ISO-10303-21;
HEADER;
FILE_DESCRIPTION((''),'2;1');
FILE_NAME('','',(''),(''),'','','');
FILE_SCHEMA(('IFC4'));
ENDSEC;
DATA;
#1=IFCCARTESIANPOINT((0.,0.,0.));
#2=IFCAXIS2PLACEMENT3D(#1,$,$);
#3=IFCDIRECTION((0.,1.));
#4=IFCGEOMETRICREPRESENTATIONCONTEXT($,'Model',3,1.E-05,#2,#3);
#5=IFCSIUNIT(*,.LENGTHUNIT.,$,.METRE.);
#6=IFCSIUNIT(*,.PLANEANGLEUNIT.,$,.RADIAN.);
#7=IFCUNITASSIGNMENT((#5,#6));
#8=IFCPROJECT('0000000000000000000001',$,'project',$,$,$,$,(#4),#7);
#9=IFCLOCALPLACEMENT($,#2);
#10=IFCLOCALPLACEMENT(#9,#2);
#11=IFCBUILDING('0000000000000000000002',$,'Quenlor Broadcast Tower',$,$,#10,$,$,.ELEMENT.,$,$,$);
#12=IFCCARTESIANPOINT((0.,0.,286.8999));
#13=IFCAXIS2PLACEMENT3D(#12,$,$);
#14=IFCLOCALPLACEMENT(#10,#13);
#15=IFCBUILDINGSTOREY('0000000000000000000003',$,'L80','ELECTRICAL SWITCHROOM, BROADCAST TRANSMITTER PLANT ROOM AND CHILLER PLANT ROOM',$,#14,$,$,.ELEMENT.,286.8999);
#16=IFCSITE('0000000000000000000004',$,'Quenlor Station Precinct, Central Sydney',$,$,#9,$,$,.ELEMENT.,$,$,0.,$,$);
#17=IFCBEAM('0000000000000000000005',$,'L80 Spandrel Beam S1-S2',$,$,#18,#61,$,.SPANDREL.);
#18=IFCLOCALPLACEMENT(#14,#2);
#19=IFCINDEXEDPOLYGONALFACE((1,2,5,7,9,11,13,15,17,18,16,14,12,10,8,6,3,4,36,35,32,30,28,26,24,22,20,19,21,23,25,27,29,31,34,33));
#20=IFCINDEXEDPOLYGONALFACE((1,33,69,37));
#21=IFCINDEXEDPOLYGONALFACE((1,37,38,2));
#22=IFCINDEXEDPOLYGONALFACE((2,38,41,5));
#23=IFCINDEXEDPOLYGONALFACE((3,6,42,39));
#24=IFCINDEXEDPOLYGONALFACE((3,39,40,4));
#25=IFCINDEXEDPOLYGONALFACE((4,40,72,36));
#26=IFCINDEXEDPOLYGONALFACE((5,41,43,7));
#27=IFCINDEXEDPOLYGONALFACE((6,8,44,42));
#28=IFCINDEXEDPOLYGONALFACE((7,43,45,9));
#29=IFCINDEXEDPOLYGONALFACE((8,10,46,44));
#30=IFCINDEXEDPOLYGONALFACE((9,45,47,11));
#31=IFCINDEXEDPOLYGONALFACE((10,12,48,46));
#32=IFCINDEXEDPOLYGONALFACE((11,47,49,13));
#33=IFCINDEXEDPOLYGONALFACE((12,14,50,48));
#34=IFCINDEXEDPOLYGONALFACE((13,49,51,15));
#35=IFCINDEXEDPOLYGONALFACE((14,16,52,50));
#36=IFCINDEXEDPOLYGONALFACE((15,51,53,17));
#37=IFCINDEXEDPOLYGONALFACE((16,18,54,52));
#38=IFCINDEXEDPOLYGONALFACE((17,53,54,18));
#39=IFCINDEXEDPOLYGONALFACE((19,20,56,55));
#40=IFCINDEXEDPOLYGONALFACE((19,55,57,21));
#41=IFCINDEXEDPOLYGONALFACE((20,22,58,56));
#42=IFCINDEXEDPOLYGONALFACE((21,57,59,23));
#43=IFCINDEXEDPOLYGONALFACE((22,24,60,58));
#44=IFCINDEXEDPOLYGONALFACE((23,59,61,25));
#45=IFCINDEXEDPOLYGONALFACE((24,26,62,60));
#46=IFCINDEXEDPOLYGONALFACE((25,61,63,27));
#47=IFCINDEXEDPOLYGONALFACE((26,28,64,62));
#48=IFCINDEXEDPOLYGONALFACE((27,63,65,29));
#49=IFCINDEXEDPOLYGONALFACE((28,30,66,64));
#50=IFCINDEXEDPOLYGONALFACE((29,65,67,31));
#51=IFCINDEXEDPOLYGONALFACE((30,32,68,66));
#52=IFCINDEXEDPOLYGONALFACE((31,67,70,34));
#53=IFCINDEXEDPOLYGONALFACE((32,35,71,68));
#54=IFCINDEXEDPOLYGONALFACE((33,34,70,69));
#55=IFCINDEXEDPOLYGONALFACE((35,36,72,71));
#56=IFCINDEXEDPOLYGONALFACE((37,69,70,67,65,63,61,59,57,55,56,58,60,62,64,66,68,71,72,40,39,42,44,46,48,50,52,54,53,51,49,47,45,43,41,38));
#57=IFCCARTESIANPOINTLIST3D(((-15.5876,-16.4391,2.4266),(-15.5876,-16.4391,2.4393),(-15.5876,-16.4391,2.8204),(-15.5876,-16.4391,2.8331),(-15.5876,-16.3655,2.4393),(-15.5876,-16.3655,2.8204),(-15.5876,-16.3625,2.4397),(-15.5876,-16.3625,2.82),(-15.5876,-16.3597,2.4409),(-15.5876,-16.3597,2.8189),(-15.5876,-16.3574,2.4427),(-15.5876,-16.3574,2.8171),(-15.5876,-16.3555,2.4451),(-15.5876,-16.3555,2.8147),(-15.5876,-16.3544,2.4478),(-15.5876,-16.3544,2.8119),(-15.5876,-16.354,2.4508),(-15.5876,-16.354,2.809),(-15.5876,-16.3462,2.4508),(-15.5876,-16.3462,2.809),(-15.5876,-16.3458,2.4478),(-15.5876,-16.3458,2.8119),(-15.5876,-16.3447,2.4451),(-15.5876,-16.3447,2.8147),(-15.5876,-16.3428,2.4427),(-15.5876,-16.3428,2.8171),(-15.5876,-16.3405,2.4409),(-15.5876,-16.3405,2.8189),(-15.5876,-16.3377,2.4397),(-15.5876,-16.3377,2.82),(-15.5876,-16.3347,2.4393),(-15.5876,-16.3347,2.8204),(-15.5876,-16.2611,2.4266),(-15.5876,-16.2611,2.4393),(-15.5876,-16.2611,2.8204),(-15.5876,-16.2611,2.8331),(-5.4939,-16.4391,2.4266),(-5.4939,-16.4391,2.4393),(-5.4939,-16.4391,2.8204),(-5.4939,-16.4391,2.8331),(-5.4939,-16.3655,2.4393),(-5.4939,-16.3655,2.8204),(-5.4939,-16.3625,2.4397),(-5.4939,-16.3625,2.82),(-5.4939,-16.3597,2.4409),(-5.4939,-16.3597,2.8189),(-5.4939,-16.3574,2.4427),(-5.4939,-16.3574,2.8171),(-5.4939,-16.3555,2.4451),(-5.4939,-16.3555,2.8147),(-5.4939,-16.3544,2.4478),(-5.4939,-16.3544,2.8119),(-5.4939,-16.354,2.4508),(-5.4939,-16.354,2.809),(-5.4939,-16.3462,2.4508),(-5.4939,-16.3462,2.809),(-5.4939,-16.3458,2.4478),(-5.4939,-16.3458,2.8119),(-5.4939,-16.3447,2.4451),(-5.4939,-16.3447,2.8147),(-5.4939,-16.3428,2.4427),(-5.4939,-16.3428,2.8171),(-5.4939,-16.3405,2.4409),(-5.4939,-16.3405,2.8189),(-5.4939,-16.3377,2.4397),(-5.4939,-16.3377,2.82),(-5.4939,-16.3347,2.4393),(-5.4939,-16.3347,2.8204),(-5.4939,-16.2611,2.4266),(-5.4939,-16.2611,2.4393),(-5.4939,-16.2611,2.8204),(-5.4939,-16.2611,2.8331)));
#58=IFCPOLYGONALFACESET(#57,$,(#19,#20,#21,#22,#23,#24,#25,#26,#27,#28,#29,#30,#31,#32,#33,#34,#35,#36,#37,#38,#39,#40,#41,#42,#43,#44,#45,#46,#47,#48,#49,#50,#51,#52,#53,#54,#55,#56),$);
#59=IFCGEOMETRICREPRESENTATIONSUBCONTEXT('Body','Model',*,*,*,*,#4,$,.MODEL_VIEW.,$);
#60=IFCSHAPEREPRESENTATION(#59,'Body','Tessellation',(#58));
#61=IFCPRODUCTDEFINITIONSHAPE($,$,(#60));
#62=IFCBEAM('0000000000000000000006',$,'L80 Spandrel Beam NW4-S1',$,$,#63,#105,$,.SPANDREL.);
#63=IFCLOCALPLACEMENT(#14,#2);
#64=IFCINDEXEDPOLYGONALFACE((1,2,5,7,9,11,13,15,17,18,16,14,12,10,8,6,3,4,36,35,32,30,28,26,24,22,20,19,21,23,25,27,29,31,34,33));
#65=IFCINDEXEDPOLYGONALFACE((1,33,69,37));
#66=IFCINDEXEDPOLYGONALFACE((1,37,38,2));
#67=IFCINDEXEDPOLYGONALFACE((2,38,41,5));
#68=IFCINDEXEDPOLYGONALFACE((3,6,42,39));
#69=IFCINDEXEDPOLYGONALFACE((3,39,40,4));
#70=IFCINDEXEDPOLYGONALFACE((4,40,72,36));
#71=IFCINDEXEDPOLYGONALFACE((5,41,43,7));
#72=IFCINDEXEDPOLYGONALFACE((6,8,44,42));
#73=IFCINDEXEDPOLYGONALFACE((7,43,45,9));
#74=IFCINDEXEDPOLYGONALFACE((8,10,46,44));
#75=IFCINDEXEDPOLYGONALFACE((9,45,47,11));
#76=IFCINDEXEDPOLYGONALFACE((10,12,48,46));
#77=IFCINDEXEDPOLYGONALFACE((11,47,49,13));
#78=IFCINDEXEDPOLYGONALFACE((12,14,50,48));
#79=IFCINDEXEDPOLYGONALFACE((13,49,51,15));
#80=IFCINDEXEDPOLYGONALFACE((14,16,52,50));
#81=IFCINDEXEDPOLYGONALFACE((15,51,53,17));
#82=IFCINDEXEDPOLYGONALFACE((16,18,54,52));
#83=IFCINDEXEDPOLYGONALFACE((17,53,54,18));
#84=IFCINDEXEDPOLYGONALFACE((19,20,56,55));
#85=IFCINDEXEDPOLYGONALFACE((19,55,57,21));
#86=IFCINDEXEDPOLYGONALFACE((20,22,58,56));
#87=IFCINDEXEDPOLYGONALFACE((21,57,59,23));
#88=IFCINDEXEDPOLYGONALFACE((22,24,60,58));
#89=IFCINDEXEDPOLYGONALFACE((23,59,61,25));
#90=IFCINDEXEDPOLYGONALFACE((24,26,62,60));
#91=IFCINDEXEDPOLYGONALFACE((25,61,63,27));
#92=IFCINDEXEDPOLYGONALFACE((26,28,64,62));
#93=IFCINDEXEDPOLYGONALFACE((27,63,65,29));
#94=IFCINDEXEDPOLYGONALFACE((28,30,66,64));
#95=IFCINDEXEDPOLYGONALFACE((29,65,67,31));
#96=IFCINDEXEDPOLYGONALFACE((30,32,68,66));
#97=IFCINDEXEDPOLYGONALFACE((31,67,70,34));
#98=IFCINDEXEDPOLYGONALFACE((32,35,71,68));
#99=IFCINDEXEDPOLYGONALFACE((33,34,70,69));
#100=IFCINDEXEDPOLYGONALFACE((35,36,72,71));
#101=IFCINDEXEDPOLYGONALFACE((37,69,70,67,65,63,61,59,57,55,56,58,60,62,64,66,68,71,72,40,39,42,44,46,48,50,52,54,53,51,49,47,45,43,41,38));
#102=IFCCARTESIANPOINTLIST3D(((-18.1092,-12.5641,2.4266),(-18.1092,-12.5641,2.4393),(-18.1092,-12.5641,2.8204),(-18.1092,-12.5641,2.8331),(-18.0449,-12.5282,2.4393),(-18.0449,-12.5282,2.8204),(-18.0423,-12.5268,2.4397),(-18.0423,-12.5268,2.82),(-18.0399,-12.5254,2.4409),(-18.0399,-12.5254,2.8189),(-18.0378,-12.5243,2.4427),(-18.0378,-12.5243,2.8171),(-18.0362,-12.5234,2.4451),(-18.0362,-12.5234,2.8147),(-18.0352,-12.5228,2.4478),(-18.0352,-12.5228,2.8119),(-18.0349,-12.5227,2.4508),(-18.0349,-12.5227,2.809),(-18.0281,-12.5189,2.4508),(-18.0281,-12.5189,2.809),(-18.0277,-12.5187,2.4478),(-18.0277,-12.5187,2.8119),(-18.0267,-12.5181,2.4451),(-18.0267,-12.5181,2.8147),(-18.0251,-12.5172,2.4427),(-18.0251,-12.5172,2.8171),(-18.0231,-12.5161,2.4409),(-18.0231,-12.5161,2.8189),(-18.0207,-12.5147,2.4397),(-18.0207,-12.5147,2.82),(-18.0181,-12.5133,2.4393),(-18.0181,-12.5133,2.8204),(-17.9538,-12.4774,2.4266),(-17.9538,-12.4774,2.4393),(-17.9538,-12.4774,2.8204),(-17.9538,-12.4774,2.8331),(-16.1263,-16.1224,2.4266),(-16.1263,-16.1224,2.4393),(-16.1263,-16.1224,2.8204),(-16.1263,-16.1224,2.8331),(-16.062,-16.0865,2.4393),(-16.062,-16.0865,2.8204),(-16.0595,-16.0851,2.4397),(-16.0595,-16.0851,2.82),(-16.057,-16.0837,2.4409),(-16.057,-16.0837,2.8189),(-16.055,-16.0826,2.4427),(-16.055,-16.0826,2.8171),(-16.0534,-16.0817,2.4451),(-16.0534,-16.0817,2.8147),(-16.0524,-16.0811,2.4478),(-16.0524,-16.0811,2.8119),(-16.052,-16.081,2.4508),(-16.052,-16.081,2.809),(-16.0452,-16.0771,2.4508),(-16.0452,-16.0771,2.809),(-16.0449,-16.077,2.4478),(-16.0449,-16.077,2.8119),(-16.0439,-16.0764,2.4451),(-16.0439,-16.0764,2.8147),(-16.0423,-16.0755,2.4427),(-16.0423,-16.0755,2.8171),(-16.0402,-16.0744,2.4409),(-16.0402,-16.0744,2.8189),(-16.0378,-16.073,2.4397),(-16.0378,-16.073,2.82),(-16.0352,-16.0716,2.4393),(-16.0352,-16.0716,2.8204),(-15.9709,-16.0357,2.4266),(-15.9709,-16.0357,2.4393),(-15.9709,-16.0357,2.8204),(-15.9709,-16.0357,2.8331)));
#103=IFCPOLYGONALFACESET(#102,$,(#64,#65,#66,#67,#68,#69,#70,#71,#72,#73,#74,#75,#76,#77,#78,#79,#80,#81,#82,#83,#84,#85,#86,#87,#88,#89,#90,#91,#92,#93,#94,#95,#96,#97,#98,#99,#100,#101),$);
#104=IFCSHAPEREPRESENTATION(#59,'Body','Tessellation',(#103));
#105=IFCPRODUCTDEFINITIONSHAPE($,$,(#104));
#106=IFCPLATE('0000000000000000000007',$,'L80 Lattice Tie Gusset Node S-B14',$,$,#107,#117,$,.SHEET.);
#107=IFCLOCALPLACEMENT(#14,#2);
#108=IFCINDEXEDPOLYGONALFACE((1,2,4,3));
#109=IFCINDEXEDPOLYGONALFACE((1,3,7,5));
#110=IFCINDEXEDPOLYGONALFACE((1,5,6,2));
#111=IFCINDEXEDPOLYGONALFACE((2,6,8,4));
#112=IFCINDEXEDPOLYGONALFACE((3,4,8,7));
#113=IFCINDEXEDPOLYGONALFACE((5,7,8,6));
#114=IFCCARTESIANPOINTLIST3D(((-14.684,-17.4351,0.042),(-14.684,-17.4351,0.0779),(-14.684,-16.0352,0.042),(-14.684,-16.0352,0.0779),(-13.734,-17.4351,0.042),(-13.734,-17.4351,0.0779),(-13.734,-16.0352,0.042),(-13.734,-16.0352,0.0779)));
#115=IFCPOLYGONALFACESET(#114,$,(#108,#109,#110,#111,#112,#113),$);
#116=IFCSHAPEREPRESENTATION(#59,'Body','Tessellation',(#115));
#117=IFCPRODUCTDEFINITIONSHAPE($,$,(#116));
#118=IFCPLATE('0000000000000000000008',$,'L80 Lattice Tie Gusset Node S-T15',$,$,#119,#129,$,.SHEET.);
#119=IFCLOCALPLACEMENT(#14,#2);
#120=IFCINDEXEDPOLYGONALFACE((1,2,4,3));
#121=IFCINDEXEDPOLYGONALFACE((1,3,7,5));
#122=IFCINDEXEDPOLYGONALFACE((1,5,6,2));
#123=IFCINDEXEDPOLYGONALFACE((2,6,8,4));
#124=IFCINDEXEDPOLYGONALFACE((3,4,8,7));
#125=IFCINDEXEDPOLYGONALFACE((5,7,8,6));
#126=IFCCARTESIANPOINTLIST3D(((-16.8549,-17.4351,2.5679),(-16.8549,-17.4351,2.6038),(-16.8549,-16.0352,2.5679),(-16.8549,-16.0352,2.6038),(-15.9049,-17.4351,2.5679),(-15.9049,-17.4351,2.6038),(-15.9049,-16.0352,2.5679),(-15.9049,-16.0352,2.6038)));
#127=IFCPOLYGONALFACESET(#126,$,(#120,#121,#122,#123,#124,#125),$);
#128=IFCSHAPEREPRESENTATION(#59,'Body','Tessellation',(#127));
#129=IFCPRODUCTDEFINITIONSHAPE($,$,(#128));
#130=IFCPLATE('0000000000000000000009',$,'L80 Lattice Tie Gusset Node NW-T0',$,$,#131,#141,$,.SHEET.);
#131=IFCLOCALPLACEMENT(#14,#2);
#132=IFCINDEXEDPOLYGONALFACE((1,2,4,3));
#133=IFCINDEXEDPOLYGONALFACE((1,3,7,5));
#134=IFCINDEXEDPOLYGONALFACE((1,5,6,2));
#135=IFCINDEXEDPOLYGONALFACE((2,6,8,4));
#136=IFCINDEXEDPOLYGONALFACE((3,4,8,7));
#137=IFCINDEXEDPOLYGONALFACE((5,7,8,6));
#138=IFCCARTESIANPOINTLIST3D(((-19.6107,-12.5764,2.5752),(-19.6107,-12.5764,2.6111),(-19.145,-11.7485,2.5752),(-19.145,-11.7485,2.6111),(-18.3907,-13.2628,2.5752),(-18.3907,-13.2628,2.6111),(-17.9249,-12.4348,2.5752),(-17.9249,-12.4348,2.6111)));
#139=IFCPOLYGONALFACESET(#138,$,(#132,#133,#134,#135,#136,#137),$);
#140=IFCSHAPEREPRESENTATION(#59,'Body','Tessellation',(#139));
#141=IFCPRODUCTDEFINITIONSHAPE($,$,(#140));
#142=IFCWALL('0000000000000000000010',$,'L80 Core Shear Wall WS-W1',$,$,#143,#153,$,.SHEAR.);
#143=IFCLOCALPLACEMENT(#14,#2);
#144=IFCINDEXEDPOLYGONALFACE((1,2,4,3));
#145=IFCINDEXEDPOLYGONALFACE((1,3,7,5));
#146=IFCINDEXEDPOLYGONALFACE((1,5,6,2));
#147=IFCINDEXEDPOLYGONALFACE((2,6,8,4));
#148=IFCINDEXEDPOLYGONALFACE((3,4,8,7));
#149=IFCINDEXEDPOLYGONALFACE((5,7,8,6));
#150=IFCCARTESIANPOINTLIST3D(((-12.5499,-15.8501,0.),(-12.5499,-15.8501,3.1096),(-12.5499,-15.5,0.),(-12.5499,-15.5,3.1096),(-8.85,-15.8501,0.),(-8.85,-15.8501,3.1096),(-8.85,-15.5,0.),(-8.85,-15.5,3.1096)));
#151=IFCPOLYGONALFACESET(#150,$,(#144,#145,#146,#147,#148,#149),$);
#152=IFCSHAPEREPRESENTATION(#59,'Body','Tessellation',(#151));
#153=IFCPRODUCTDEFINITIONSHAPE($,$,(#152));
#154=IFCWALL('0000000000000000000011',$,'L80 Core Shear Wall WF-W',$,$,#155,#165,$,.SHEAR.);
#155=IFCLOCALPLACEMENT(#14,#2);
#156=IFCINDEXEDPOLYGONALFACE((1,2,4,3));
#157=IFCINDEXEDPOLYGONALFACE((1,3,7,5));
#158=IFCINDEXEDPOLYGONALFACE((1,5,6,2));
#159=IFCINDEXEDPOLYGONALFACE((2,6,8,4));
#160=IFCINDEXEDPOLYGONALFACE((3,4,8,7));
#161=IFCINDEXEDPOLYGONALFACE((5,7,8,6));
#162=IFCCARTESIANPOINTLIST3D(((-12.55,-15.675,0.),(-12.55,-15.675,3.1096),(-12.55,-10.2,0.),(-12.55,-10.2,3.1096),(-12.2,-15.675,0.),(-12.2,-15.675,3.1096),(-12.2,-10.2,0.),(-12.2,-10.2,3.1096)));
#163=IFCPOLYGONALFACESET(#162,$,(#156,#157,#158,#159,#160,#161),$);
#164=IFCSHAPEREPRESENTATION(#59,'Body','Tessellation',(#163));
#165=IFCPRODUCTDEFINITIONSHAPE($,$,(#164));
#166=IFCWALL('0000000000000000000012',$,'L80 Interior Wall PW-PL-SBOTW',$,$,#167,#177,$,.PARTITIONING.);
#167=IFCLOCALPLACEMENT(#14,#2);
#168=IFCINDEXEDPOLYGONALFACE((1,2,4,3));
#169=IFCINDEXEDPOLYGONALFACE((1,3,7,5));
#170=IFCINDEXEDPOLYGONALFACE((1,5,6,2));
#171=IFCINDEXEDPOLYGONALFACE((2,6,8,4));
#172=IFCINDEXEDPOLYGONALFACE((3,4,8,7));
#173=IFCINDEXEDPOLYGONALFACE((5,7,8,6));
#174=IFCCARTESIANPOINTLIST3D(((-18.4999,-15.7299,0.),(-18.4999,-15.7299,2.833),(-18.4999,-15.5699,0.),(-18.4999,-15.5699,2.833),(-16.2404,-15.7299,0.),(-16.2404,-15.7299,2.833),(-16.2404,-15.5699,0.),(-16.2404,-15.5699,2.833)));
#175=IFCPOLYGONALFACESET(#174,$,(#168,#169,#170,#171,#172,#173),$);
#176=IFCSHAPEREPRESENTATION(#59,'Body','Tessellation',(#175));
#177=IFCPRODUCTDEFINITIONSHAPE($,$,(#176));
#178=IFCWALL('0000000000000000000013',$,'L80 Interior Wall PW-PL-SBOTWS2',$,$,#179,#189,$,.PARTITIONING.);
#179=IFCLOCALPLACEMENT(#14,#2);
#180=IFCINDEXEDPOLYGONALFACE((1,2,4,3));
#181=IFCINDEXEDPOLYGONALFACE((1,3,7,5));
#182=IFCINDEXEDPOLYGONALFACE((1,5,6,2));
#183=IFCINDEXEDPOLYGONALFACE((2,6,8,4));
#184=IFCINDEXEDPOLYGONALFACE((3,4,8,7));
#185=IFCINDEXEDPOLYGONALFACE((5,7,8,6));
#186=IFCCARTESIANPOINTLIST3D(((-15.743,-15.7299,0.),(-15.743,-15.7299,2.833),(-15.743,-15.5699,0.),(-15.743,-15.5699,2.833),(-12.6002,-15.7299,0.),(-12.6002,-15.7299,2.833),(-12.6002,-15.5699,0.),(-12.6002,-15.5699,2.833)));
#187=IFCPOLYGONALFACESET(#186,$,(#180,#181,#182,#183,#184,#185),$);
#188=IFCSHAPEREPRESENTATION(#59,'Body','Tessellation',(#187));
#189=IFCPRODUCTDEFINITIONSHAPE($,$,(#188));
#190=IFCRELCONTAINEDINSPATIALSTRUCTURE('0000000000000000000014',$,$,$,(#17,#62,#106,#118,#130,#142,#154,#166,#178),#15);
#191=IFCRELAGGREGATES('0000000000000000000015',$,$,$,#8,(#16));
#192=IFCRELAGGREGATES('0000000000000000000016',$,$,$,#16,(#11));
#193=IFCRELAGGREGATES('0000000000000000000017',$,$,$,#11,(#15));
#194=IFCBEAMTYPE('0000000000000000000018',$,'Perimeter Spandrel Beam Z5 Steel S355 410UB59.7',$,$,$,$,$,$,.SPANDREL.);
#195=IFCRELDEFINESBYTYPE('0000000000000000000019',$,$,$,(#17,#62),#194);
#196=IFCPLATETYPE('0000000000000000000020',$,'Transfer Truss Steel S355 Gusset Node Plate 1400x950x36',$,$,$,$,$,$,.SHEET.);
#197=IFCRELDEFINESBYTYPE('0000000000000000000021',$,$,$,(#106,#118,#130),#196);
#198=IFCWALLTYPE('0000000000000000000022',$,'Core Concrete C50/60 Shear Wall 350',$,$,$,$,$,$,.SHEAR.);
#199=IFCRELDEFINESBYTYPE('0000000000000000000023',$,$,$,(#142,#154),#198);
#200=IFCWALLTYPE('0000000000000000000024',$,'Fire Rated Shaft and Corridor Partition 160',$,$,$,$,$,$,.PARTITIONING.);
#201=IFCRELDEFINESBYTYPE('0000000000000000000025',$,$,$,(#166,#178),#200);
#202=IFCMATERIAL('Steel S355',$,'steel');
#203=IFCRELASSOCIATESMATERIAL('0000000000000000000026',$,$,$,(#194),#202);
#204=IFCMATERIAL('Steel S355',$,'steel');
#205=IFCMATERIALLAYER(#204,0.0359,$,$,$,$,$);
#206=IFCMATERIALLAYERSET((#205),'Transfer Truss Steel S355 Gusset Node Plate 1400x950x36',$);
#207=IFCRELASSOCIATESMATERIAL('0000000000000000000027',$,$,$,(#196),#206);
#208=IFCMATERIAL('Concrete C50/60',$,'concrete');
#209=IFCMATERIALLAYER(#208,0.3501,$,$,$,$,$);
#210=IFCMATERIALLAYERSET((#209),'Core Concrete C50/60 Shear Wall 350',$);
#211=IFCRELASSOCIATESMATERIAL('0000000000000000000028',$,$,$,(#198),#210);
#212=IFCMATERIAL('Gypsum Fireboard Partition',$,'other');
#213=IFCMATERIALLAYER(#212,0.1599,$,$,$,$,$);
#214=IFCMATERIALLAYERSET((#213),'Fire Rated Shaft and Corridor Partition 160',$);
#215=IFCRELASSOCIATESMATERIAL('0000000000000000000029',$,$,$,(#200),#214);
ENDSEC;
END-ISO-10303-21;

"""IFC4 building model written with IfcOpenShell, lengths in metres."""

from ifc_helpers import new_model, si_unit, direction, frame, frame_2d, origin, origin_2d, place, context, subcontext, project, spatial, rectangle, i_section, extrude, material, layer, layer_set, material_profile, profile_set, type_object, element, save


model = new_model("IFC4")

# Units and contexts
model_context = context("Model", 3, precision=1e-05, world=origin(), true_north=direction((0.0, 1.0)))
body_context = subcontext(model_context, "Body", "Model", "MODEL_VIEW")
ifc_project = project(units=[si_unit("LENGTHUNIT", "METRE"), si_unit("PLANEANGLEUNIT", "RADIAN")], contexts=[model_context])

# Site, building, storey
site_placement = place(None, origin())
site = spatial("IfcSite", under=ifc_project, at=site_placement, Name="Quenlor Station Precinct, Central Sydney", CompositionType="ELEMENT", RefElevation=0.0)
building_placement = place(site_placement, origin())
building = spatial("IfcBuilding", under=site, at=building_placement, Name="Quenlor Broadcast Tower", CompositionType="ELEMENT")
storey_placement = place(building_placement, frame((0.0, 0.0, 286.8999)))
storey = spatial("IfcBuildingStorey", under=building, at=storey_placement, Name="L80", Description="ELECTRICAL SWITCHROOM, BROADCAST TRANSMITTER PLANT ROOM AND CHILLER PLANT ROOM", CompositionType="ELEMENT", Elevation=286.8999)

# Beams
ifc_material_1 = material(Name="Steel S355", Category="steel")
ifc_material_profile_1 = material_profile(ifc_material_1, i_section(OverallWidth=0.178, OverallDepth=0.4065, WebThickness=0.0078, FlangeThickness=0.0127, FilletRadius=0.0115, at=origin_2d()))
ifc_profile_set_1 = profile_set([ifc_material_profile_1], Name="Steel S355 410UB59.7")
beam_type_1 = type_object("IfcBeamType", Name="Perimeter Spandrel Beam Z5 Steel S355 410UB59.7", PredefinedType="SPANDREL", material=ifc_profile_set_1)
beam_1_placement = place(storey_placement, frame((-15.5876, -16.3501, 2.6299), z_axis=(1.0, 0.0, 0.0), x_axis=(0.0, 1.0, 0.0)))
element("IfcBeam", 1, at=beam_1_placement, inside=storey, type_object=beam_type_1, Name="L80 Spandrel Beam S1-S2", PredefinedType="SPANDREL", context=body_context, shape_type="SweptSolid", body=[
    extrude(i_section(OverallWidth=0.178, OverallDepth=0.4065, WebThickness=0.0078, FlangeThickness=0.0127, FilletRadius=0.0115, at=origin_2d()), origin(), (0.0, 0.0, 1.0), 10.0938),
])
beam_2_placement = place(storey_placement, frame((-18.0315, -12.5208, 2.6299), z_axis=(0.486777, -0.873526, 0.0), x_axis=(0.873526, 0.486777, 0.0)))
element("IfcBeam", 2, at=beam_2_placement, inside=storey, type_object=beam_type_1, Name="L80 Spandrel Beam NW4-S1", PredefinedType="SPANDREL", context=body_context, shape_type="SweptSolid", body=[
    extrude(i_section(OverallWidth=0.178, OverallDepth=0.4065, WebThickness=0.0078, FlangeThickness=0.0127, FilletRadius=0.0115, at=origin_2d()), origin(), (0.0, 0.0, 1.0), 4.0735),
])

# Plates
ifc_material_2 = material(Name="Steel S355", Category="steel")
ifc_layer_1 = layer(ifc_material_2, 0.0359)
ifc_layer_set_1 = layer_set([ifc_layer_1], Name="Transfer Truss Steel S355 Gusset Node Plate 1400x950x36")
plate_type = type_object("IfcPlateType", Name="Transfer Truss Steel S355 Gusset Node Plate 1400x950x36", PredefinedType="SHEET", material=ifc_layer_set_1)
for number, where, z_axis, x_axis, name in (
    (3, (-14.209, -16.7351, 0.042), (0.0, 0.0, 1.0), (0.0, -1.0, 0.0), "L80 Lattice Tie Gusset Node S-B14"),
    (4, (-16.3799, -16.7351, 2.5679), (0.0, 0.0, 1.0), (0.0, -1.0, 0.0), "L80 Lattice Tie Gusset Node S-T15"),
    (5, (-18.7678, -12.5056, 2.5752), (0.0, 0.0, 1.0), (-0.871556, 0.490295, 0.0), "L80 Lattice Tie Gusset Node NW-T0"),
):
    element("IfcPlate", number, at=place(storey_placement, frame(where, z_axis=z_axis, x_axis=x_axis)), inside=storey, type_object=plate_type, Name=name, PredefinedType="SHEET", context=body_context, shape_type="SweptSolid", body=[
        extrude(rectangle(XDim=1.3999, YDim=0.95, at=origin_2d()), origin(), (0.0, 0.0, 1.0), 0.0359),
    ])

# Walls
ifc_material_3 = material(Name="Concrete C50/60", Category="concrete")
ifc_layer_2 = layer(ifc_material_3, 0.3501)
ifc_layer_set_2 = layer_set([ifc_layer_2], Name="Core Concrete C50/60 Shear Wall 350")
wall_type_1 = type_object("IfcWallType", Name="Core Concrete C50/60 Shear Wall 350", PredefinedType="SHEAR", material=ifc_layer_set_2)
wall_1_placement = place(storey_placement, frame((-12.55, -15.675, 0.0), z_axis=(0.0, 0.0, 1.0), x_axis=(1.0, 0.0, 0.0)))
element("IfcWall", 6, at=wall_1_placement, inside=storey, type_object=wall_type_1, Name="L80 Core Shear Wall WS-W1", PredefinedType="SHEAR", context=body_context, shape_type="SweptSolid", body=[
    extrude(rectangle(XDim=3.7, YDim=0.3501, at=frame_2d((1.8501, 0.0))), origin(), (0.0, 0.0, 1.0), 3.1096),
])
wall_2_placement = place(storey_placement, frame((-12.375, -15.675, 0.0), z_axis=(0.0, 0.0, 1.0), x_axis=(0.0, 1.0, 0.0)))
element("IfcWall", 7, at=wall_2_placement, inside=storey, type_object=wall_type_1, Name="L80 Core Shear Wall WF-W", PredefinedType="SHEAR", context=body_context, shape_type="SweptSolid", body=[
    extrude(rectangle(XDim=5.4751, YDim=0.3501, at=frame_2d((2.7375, 0.0))), origin(), (0.0, 0.0, 1.0), 3.1096),
])
ifc_material_4 = material(Name="Gypsum Fireboard Partition", Category="other")
ifc_layer_3 = layer(ifc_material_4, 0.1599)
ifc_layer_set_3 = layer_set([ifc_layer_3], Name="Fire Rated Shaft and Corridor Partition 160")
wall_type_2 = type_object("IfcWallType", Name="Fire Rated Shaft and Corridor Partition 160", PredefinedType="PARTITIONING", material=ifc_layer_set_3)
wall_3_placement = place(storey_placement, frame((-18.5, -15.6499, 0.0), z_axis=(0.0, 0.0, 1.0), x_axis=(1.0, 0.0, 0.0)))
element("IfcWall", 8, at=wall_3_placement, inside=storey, type_object=wall_type_2, Name="L80 Interior Wall PW-PL-SBOTW", PredefinedType="PARTITIONING", context=body_context, shape_type="SweptSolid", body=[
    extrude(rectangle(XDim=2.2595, YDim=0.1599, at=frame_2d((1.1299, 0.0))), origin(), (0.0, 0.0, 1.0), 2.833),
])
wall_4_placement = place(storey_placement, frame((-15.7429, -15.6499, 0.0), z_axis=(0.0, 0.0, 1.0), x_axis=(1.0, 0.0, 0.0)))
element("IfcWall", 9, at=wall_4_placement, inside=storey, type_object=wall_type_2, Name="L80 Interior Wall PW-PL-SBOTWS2", PredefinedType="PARTITIONING", context=body_context, shape_type="SweptSolid", body=[
    extrude(rectangle(XDim=3.1428, YDim=0.1599, at=frame_2d((1.5713, 0.0))), origin(), (0.0, 0.0, 1.0), 2.833),
])

save(model, "model.ifc")
